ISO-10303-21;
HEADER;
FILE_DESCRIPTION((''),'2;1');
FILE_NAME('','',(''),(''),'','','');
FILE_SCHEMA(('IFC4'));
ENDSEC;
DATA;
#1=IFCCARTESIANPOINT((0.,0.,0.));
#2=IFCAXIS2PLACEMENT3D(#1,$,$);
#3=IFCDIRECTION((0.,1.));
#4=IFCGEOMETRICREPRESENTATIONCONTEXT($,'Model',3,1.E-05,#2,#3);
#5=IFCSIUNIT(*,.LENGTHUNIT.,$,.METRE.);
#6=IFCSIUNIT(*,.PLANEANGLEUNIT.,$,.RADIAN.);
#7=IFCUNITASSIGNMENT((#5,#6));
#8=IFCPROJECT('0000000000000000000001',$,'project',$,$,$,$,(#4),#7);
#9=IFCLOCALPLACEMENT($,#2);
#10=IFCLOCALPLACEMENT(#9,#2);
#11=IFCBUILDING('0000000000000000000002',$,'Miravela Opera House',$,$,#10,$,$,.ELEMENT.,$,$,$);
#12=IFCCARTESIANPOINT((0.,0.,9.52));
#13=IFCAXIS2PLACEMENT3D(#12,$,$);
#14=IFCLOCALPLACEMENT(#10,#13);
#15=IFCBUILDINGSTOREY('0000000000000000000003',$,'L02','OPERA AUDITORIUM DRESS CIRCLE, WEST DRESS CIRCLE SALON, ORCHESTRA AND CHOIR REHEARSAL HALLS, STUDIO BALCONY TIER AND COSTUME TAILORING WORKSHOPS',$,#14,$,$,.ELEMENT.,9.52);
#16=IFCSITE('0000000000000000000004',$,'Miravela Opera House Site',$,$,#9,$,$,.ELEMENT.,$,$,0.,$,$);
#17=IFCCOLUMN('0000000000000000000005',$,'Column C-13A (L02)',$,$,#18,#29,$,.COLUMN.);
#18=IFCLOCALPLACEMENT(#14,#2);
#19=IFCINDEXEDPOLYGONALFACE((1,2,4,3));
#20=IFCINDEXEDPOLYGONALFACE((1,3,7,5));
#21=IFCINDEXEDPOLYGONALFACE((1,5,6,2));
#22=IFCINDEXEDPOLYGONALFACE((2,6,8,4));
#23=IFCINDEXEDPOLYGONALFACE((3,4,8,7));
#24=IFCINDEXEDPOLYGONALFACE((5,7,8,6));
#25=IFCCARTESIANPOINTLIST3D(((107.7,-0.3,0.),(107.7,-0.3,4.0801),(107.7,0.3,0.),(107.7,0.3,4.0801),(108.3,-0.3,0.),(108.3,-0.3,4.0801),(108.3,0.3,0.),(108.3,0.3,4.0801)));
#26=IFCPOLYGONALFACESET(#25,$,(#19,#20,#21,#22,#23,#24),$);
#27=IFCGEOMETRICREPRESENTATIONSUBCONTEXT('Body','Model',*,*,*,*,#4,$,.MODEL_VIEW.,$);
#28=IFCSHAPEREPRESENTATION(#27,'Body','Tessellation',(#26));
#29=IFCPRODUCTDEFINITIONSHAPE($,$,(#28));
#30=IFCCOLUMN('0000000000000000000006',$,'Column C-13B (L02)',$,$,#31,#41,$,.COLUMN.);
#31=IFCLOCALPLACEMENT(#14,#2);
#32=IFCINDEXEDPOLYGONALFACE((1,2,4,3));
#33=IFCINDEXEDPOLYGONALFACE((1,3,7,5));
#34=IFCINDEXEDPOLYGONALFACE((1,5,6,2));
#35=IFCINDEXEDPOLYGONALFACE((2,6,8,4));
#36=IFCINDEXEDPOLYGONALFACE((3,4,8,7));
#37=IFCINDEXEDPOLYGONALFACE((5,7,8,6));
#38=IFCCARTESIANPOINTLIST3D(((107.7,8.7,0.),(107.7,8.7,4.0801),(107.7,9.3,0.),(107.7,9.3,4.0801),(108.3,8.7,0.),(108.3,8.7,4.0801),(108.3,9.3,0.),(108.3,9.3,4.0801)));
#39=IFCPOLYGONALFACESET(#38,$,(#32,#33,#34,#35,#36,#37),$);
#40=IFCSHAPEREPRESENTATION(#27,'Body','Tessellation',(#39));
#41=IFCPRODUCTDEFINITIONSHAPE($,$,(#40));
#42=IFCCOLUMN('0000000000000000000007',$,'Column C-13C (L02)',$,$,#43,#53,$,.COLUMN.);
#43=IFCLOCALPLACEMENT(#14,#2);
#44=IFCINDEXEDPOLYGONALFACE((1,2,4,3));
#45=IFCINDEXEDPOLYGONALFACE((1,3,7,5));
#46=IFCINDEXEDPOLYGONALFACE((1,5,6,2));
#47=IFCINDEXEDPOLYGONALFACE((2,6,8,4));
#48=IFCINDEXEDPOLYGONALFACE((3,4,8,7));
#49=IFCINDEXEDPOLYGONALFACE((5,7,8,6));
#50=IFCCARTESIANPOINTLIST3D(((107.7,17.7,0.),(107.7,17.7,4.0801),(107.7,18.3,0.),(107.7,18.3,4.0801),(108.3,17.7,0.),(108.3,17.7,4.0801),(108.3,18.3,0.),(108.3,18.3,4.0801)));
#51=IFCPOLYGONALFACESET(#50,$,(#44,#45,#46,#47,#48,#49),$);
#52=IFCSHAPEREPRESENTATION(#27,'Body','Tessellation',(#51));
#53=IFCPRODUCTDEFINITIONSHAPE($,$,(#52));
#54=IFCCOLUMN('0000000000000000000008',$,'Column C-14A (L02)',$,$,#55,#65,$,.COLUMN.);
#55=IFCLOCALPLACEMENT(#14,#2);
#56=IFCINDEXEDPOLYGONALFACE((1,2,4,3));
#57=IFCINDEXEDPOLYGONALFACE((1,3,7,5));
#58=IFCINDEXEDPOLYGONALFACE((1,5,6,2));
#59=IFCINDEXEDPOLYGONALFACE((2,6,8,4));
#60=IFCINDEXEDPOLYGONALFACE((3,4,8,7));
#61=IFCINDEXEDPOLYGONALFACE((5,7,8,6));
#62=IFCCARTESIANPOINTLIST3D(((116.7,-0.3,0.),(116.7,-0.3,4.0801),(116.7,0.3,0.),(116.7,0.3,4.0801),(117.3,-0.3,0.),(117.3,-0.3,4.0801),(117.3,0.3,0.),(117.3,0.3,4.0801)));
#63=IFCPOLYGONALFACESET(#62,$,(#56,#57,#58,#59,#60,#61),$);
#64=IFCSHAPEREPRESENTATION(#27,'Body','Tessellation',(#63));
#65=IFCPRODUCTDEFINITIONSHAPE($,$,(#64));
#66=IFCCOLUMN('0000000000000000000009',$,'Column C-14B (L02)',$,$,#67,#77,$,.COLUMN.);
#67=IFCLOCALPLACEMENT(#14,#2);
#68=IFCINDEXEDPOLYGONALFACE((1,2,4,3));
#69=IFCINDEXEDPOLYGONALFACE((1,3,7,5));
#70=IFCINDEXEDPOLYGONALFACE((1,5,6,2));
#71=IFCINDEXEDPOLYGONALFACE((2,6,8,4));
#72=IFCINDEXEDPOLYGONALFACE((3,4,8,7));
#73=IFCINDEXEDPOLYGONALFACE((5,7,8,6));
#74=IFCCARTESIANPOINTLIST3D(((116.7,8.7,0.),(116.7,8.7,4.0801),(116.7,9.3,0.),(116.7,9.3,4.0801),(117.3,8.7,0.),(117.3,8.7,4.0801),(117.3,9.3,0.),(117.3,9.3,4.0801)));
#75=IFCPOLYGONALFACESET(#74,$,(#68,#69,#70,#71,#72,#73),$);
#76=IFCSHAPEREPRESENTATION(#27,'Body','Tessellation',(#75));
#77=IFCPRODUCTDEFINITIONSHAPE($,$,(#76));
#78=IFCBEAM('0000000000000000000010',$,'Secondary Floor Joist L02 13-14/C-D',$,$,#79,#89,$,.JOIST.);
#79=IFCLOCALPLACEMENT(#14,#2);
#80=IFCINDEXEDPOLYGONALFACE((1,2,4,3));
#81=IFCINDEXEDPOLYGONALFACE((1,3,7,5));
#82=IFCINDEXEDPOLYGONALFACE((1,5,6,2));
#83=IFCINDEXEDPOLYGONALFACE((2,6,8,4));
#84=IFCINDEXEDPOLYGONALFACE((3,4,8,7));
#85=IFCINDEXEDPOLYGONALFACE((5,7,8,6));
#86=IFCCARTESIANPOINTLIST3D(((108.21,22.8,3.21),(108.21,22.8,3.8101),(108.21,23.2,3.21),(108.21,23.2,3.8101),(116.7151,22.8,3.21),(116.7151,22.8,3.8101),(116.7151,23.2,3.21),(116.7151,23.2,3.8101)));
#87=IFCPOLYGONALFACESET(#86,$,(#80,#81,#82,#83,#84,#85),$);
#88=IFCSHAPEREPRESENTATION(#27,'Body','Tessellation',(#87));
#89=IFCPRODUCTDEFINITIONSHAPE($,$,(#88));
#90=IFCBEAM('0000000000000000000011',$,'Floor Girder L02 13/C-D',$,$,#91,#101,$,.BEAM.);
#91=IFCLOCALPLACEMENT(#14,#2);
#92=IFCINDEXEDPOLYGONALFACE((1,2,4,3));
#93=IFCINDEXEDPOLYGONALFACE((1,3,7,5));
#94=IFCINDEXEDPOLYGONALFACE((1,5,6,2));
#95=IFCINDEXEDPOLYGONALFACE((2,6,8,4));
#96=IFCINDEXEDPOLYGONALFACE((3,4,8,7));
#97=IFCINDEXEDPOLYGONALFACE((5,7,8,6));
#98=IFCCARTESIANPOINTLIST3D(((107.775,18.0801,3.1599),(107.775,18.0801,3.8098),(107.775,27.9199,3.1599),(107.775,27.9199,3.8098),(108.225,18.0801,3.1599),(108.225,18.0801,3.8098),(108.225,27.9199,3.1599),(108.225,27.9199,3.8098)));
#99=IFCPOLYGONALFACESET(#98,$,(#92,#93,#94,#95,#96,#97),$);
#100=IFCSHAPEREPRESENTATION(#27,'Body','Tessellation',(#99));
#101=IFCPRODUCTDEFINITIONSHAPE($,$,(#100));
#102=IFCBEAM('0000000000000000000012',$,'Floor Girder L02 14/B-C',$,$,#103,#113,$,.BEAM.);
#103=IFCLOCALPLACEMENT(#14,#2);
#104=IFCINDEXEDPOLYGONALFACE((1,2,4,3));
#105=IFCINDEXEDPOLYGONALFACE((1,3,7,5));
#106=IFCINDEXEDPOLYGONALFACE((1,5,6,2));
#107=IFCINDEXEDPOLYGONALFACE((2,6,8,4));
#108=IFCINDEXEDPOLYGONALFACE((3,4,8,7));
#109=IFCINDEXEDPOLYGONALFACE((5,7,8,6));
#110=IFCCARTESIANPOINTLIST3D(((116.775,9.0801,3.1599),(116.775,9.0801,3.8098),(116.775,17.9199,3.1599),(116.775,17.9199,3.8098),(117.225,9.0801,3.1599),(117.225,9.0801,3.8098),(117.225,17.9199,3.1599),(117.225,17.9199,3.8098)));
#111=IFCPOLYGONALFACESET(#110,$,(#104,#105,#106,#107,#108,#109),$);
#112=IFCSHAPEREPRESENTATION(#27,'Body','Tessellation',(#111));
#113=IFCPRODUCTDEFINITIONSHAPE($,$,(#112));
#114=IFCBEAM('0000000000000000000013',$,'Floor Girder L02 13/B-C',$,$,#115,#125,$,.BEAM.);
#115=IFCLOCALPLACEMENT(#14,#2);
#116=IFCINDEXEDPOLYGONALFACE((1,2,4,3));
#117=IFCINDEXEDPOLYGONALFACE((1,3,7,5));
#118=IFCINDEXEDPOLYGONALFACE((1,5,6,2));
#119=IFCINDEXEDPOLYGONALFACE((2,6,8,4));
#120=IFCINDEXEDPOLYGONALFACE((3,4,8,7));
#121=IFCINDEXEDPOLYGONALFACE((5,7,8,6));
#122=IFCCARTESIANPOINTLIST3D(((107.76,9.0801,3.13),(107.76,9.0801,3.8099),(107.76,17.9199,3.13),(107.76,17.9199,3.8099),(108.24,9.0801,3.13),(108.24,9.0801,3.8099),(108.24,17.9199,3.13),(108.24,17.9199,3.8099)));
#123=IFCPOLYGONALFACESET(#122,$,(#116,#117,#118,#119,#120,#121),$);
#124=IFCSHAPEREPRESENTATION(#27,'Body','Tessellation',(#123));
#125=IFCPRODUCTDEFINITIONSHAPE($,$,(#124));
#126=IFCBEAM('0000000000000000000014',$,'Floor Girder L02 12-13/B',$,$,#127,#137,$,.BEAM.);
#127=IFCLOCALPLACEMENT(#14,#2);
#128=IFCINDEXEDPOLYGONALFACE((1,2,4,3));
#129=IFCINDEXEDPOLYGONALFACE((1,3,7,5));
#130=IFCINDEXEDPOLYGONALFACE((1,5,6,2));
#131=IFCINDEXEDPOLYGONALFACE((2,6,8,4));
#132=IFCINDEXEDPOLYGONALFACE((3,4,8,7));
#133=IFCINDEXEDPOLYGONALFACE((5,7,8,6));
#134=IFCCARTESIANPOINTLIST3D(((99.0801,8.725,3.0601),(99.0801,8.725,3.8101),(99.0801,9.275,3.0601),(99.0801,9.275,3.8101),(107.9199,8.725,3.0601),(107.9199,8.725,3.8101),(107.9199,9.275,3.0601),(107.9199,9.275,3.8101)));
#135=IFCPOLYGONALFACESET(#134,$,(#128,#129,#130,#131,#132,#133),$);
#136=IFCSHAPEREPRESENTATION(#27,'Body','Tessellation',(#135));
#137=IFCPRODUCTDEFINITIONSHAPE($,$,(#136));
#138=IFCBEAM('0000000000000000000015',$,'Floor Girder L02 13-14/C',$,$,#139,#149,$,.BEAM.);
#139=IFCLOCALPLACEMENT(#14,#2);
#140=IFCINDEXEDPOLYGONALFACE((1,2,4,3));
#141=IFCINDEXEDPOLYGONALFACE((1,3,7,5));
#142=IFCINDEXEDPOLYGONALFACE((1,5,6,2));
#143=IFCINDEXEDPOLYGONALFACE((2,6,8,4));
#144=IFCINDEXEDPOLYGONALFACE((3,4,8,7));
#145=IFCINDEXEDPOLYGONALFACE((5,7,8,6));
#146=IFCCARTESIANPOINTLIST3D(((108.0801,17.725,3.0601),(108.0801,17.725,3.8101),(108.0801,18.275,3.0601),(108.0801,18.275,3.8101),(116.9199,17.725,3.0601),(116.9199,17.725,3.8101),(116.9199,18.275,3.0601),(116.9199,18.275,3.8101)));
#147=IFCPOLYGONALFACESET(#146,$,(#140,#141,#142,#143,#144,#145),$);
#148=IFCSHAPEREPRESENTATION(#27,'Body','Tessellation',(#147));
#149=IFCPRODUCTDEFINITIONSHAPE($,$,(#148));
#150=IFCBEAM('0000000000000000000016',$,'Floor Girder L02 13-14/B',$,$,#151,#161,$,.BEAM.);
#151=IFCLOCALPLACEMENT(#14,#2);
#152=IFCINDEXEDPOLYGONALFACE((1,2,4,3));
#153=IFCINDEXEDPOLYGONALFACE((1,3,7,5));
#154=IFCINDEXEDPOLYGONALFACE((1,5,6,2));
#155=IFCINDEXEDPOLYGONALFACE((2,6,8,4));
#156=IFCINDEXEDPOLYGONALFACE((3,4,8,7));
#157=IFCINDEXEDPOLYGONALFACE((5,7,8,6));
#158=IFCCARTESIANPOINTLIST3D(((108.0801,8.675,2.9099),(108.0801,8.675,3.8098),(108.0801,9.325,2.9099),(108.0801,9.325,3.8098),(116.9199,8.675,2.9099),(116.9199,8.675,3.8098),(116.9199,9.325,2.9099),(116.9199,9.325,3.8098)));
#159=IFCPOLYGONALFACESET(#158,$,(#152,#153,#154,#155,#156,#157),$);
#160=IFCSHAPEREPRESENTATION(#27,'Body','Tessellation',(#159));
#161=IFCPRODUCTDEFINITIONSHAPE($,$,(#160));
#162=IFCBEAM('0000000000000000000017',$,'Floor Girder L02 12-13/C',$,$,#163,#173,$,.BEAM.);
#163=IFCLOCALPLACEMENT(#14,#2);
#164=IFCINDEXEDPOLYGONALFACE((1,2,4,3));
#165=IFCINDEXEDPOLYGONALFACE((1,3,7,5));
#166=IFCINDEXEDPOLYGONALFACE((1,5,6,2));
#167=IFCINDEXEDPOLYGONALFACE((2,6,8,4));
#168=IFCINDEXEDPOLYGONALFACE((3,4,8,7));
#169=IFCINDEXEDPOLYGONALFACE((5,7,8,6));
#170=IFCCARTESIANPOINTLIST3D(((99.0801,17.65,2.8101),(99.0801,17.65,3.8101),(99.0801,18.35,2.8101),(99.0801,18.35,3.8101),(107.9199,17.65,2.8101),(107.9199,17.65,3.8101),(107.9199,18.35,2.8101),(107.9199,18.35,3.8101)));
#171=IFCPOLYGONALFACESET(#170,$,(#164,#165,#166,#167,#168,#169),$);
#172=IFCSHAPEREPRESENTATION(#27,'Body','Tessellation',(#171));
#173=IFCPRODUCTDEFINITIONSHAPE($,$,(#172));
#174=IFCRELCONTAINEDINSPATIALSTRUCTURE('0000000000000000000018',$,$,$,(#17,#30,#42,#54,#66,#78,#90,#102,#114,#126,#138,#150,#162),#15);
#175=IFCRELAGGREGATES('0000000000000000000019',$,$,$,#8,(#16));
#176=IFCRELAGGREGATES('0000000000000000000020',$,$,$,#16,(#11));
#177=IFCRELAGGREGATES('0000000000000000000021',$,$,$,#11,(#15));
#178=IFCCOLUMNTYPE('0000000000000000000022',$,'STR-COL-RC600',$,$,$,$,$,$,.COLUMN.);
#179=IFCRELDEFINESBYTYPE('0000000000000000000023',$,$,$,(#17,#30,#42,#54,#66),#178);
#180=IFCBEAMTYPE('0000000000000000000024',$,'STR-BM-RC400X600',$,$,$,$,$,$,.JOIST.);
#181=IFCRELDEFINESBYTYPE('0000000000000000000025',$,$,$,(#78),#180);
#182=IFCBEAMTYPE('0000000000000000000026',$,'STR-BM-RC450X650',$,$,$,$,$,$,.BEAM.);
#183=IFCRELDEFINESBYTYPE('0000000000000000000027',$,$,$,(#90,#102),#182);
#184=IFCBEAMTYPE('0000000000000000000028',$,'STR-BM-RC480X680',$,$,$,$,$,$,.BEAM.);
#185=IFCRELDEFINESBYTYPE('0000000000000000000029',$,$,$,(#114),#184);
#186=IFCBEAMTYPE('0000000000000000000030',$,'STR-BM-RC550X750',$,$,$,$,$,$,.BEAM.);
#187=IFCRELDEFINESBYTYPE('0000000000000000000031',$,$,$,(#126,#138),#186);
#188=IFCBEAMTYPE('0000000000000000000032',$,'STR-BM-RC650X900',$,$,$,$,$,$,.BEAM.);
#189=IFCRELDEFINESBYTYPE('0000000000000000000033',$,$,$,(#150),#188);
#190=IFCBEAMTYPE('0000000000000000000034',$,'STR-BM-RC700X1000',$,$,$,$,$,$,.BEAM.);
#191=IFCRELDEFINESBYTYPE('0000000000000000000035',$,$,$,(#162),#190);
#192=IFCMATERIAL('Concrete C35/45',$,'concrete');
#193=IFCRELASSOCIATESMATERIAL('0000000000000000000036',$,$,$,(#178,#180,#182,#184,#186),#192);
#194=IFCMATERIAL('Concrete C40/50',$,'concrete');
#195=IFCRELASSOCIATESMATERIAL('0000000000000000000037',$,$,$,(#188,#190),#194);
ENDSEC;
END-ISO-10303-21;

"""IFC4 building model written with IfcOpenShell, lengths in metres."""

from ifc_helpers import new_model, si_unit, direction, frame, origin, origin_2d, place, context, subcontext, project, spatial, rectangle, extrude, material, material_profile, profile_set, type_object, element, save


model = new_model("IFC4")

# Units and contexts
model_context = context("Model", 3, precision=1e-05, world=origin(), true_north=direction((0.0, 1.0)))
body_context = subcontext(model_context, "Body", "Model", "MODEL_VIEW")
ifc_project = project(units=[si_unit("LENGTHUNIT", "METRE"), si_unit("PLANEANGLEUNIT", "RADIAN")], contexts=[model_context])

# Site, building, storey
site_placement = place(None, origin())
site = spatial("IfcSite", under=ifc_project, at=site_placement, Name="Miravela Opera House Site", CompositionType="ELEMENT", RefElevation=0.0)
building_placement = place(site_placement, origin())
building = spatial("IfcBuilding", under=site, at=building_placement, Name="Miravela Opera House", CompositionType="ELEMENT")
storey_placement = place(building_placement, frame((0.0, 0.0, 9.52)))
storey = spatial("IfcBuildingStorey", under=building, at=storey_placement, Name="L02", Description="OPERA AUDITORIUM DRESS CIRCLE, WEST DRESS CIRCLE SALON, ORCHESTRA AND CHOIR REHEARSAL HALLS, STUDIO BALCONY TIER AND COSTUME TAILORING WORKSHOPS", CompositionType="ELEMENT", Elevation=9.52)

# Columns
ifc_material_1 = material(Name="Concrete C35/45", Category="concrete")
ifc_material_profile_1 = material_profile(ifc_material_1, rectangle(XDim=0.6001, YDim=0.6001, at=origin_2d()), Name="RC-COL-600X600")
ifc_profile_set_1 = profile_set([ifc_material_profile_1])
column_type = type_object("IfcColumnType", Name="STR-COL-RC600", PredefinedType="COLUMN", material=ifc_profile_set_1)
for number, where, z_axis, x_axis, name in (
    (1, (108.0, 0.0, 0.0), (0.0, 0.0, 1.0), (1.0, 0.0, 0.0), "Column C-13A (L02)"),
    (2, (108.0, 9.0, 0.0), (0.0, 0.0, 1.0), (1.0, 0.0, 0.0), "Column C-13B (L02)"),
    (3, (108.0, 18.0, 0.0), (0.0, 0.0, 1.0), (1.0, 0.0, 0.0), "Column C-13C (L02)"),
    (4, (117.0, 0.0, 0.0), (0.0, 0.0, 1.0), (1.0, 0.0, 0.0), "Column C-14A (L02)"),
    (5, (117.0, 9.0, 0.0), (0.0, 0.0, 1.0), (1.0, 0.0, 0.0), "Column C-14B (L02)"),
):
    element("IfcColumn", number, at=place(storey_placement, frame(where, z_axis=z_axis, x_axis=x_axis)), inside=storey, type_object=column_type, Name=name, PredefinedType="COLUMN", context=body_context, shape_type="SweptSolid", body=[
        extrude(rectangle(XDim=0.6001, YDim=0.6001, at=origin_2d()), origin(), (0.0, 0.0, 1.0), 4.0801),
    ])

# Beams
ifc_material_profile_2 = material_profile(ifc_material_1, rectangle(XDim=0.3999, YDim=0.6001, at=origin_2d()), Name="RC-BM-400X600")
ifc_profile_set_2 = profile_set([ifc_material_profile_2])
beam_type_1 = type_object("IfcBeamType", Name="STR-BM-RC400X600", PredefinedType="JOIST", material=ifc_profile_set_2)
beam_1_placement = place(storey_placement, frame((108.21, 23.0, 3.51), z_axis=(1.0, 0.0, 0.0), x_axis=(0.0, 1.0, 0.0)))
element("IfcBeam", 6, at=beam_1_placement, inside=storey, type_object=beam_type_1, Name="Secondary Floor Joist L02 13-14/C-D", PredefinedType="JOIST", context=body_context, shape_type="SweptSolid", body=[
    extrude(rectangle(XDim=0.3999, YDim=0.6001, at=origin_2d()), origin(), (0.0, 0.0, 1.0), 8.5051),
])
ifc_material_profile_3 = material_profile(ifc_material_1, rectangle(XDim=0.45, YDim=0.6499, at=origin_2d()), Name="RC-BM-450X650")
ifc_profile_set_3 = profile_set([ifc_material_profile_3])
beam_type_2 = type_object("IfcBeamType", Name="STR-BM-RC450X650", PredefinedType="BEAM", material=ifc_profile_set_3)
beam_2_placement = place(storey_placement, frame((108.0, 18.0801, 3.4849), z_axis=(0.0, 1.0, 0.0), x_axis=(-1.0, 0.0, 0.0)))
element("IfcBeam", 7, at=beam_2_placement, inside=storey, type_object=beam_type_2, Name="Floor Girder L02 13/C-D", PredefinedType="BEAM", context=body_context, shape_type="SweptSolid", body=[
    extrude(rectangle(XDim=0.45, YDim=0.6499, at=origin_2d()), origin(), (0.0, 0.0, 1.0), 9.8398),
])
beam_3_placement = place(storey_placement, frame((117.0, 9.0801, 3.4849), z_axis=(0.0, 1.0, 0.0), x_axis=(-1.0, 0.0, 0.0)))
element("IfcBeam", 8, at=beam_3_placement, inside=storey, type_object=beam_type_2, Name="Floor Girder L02 14/B-C", PredefinedType="BEAM", context=body_context, shape_type="SweptSolid", body=[
    extrude(rectangle(XDim=0.45, YDim=0.6499, at=origin_2d()), origin(), (0.0, 0.0, 1.0), 8.8398),
])
ifc_material_profile_4 = material_profile(ifc_material_1, rectangle(XDim=0.48, YDim=0.6799, at=origin_2d()), Name="RC-BM-480X680")
ifc_profile_set_4 = profile_set([ifc_material_profile_4])
beam_type_3 = type_object("IfcBeamType", Name="STR-BM-RC480X680", PredefinedType="BEAM", material=ifc_profile_set_4)
beam_4_placement = place(storey_placement, frame((108.0, 9.0801, 3.47), z_axis=(0.0, 1.0, 0.0), x_axis=(-1.0, 0.0, 0.0)))
element("IfcBeam", 9, at=beam_4_placement, inside=storey, type_object=beam_type_3, Name="Floor Girder L02 13/B-C", PredefinedType="BEAM", context=body_context, shape_type="SweptSolid", body=[
    extrude(rectangle(XDim=0.48, YDim=0.6799, at=origin_2d()), origin(), (0.0, 0.0, 1.0), 8.8398),
])
ifc_material_profile_5 = material_profile(ifc_material_1, rectangle(XDim=0.55, YDim=0.75, at=origin_2d()), Name="RC-BM-550X750")
ifc_profile_set_5 = profile_set([ifc_material_profile_5])
beam_type_4 = type_object("IfcBeamType", Name="STR-BM-RC550X750", PredefinedType="BEAM", material=ifc_profile_set_5)
for number, where, z_axis, x_axis, name in (
    (10, (99.0801, 9.0, 3.4351), (1.0, 0.0, 0.0), (0.0, 1.0, 0.0), "Floor Girder L02 12-13/B"),
    (11, (108.0801, 18.0, 3.4351), (1.0, 0.0, 0.0), (0.0, 1.0, 0.0), "Floor Girder L02 13-14/C"),
):
    element("IfcBeam", number, at=place(storey_placement, frame(where, z_axis=z_axis, x_axis=x_axis)), inside=storey, type_object=beam_type_4, Name=name, PredefinedType="BEAM", context=body_context, shape_type="SweptSolid", body=[
        extrude(rectangle(XDim=0.55, YDim=0.75, at=origin_2d()), origin(), (0.0, 0.0, 1.0), 8.8398),
    ])
ifc_material_2 = material(Name="Concrete C40/50", Category="concrete")
ifc_material_profile_6 = material_profile(ifc_material_2, rectangle(XDim=0.6499, YDim=0.8999, at=origin_2d()), Name="RC-BM-650X900")
ifc_profile_set_6 = profile_set([ifc_material_profile_6])
beam_type_5 = type_object("IfcBeamType", Name="STR-BM-RC650X900", PredefinedType="BEAM", material=ifc_profile_set_6)
beam_5_placement = place(storey_placement, frame((108.0801, 9.0, 3.3599), z_axis=(1.0, 0.0, 0.0), x_axis=(0.0, 1.0, 0.0)))
element("IfcBeam", 12, at=beam_5_placement, inside=storey, type_object=beam_type_5, Name="Floor Girder L02 13-14/B", PredefinedType="BEAM", context=body_context, shape_type="SweptSolid", body=[
    extrude(rectangle(XDim=0.6499, YDim=0.8999, at=origin_2d()), origin(), (0.0, 0.0, 1.0), 8.8398),
])
ifc_material_profile_7 = material_profile(ifc_material_2, rectangle(XDim=0.7, YDim=1.0, at=origin_2d()), Name="RC-BM-700X1000")
ifc_profile_set_7 = profile_set([ifc_material_profile_7])
beam_type_6 = type_object("IfcBeamType", Name="STR-BM-RC700X1000", PredefinedType="BEAM", material=ifc_profile_set_7)
beam_6_placement = place(storey_placement, frame((99.0801, 18.0, 3.3101), z_axis=(1.0, 0.0, 0.0), x_axis=(0.0, 1.0, 0.0)))
element("IfcBeam", 13, at=beam_6_placement, inside=storey, type_object=beam_type_6, Name="Floor Girder L02 12-13/C", PredefinedType="BEAM", context=body_context, shape_type="SweptSolid", body=[
    extrude(rectangle(XDim=0.7, YDim=1.0, at=origin_2d()), origin(), (0.0, 0.0, 1.0), 8.8398),
])

save(model, "model.ifc")
